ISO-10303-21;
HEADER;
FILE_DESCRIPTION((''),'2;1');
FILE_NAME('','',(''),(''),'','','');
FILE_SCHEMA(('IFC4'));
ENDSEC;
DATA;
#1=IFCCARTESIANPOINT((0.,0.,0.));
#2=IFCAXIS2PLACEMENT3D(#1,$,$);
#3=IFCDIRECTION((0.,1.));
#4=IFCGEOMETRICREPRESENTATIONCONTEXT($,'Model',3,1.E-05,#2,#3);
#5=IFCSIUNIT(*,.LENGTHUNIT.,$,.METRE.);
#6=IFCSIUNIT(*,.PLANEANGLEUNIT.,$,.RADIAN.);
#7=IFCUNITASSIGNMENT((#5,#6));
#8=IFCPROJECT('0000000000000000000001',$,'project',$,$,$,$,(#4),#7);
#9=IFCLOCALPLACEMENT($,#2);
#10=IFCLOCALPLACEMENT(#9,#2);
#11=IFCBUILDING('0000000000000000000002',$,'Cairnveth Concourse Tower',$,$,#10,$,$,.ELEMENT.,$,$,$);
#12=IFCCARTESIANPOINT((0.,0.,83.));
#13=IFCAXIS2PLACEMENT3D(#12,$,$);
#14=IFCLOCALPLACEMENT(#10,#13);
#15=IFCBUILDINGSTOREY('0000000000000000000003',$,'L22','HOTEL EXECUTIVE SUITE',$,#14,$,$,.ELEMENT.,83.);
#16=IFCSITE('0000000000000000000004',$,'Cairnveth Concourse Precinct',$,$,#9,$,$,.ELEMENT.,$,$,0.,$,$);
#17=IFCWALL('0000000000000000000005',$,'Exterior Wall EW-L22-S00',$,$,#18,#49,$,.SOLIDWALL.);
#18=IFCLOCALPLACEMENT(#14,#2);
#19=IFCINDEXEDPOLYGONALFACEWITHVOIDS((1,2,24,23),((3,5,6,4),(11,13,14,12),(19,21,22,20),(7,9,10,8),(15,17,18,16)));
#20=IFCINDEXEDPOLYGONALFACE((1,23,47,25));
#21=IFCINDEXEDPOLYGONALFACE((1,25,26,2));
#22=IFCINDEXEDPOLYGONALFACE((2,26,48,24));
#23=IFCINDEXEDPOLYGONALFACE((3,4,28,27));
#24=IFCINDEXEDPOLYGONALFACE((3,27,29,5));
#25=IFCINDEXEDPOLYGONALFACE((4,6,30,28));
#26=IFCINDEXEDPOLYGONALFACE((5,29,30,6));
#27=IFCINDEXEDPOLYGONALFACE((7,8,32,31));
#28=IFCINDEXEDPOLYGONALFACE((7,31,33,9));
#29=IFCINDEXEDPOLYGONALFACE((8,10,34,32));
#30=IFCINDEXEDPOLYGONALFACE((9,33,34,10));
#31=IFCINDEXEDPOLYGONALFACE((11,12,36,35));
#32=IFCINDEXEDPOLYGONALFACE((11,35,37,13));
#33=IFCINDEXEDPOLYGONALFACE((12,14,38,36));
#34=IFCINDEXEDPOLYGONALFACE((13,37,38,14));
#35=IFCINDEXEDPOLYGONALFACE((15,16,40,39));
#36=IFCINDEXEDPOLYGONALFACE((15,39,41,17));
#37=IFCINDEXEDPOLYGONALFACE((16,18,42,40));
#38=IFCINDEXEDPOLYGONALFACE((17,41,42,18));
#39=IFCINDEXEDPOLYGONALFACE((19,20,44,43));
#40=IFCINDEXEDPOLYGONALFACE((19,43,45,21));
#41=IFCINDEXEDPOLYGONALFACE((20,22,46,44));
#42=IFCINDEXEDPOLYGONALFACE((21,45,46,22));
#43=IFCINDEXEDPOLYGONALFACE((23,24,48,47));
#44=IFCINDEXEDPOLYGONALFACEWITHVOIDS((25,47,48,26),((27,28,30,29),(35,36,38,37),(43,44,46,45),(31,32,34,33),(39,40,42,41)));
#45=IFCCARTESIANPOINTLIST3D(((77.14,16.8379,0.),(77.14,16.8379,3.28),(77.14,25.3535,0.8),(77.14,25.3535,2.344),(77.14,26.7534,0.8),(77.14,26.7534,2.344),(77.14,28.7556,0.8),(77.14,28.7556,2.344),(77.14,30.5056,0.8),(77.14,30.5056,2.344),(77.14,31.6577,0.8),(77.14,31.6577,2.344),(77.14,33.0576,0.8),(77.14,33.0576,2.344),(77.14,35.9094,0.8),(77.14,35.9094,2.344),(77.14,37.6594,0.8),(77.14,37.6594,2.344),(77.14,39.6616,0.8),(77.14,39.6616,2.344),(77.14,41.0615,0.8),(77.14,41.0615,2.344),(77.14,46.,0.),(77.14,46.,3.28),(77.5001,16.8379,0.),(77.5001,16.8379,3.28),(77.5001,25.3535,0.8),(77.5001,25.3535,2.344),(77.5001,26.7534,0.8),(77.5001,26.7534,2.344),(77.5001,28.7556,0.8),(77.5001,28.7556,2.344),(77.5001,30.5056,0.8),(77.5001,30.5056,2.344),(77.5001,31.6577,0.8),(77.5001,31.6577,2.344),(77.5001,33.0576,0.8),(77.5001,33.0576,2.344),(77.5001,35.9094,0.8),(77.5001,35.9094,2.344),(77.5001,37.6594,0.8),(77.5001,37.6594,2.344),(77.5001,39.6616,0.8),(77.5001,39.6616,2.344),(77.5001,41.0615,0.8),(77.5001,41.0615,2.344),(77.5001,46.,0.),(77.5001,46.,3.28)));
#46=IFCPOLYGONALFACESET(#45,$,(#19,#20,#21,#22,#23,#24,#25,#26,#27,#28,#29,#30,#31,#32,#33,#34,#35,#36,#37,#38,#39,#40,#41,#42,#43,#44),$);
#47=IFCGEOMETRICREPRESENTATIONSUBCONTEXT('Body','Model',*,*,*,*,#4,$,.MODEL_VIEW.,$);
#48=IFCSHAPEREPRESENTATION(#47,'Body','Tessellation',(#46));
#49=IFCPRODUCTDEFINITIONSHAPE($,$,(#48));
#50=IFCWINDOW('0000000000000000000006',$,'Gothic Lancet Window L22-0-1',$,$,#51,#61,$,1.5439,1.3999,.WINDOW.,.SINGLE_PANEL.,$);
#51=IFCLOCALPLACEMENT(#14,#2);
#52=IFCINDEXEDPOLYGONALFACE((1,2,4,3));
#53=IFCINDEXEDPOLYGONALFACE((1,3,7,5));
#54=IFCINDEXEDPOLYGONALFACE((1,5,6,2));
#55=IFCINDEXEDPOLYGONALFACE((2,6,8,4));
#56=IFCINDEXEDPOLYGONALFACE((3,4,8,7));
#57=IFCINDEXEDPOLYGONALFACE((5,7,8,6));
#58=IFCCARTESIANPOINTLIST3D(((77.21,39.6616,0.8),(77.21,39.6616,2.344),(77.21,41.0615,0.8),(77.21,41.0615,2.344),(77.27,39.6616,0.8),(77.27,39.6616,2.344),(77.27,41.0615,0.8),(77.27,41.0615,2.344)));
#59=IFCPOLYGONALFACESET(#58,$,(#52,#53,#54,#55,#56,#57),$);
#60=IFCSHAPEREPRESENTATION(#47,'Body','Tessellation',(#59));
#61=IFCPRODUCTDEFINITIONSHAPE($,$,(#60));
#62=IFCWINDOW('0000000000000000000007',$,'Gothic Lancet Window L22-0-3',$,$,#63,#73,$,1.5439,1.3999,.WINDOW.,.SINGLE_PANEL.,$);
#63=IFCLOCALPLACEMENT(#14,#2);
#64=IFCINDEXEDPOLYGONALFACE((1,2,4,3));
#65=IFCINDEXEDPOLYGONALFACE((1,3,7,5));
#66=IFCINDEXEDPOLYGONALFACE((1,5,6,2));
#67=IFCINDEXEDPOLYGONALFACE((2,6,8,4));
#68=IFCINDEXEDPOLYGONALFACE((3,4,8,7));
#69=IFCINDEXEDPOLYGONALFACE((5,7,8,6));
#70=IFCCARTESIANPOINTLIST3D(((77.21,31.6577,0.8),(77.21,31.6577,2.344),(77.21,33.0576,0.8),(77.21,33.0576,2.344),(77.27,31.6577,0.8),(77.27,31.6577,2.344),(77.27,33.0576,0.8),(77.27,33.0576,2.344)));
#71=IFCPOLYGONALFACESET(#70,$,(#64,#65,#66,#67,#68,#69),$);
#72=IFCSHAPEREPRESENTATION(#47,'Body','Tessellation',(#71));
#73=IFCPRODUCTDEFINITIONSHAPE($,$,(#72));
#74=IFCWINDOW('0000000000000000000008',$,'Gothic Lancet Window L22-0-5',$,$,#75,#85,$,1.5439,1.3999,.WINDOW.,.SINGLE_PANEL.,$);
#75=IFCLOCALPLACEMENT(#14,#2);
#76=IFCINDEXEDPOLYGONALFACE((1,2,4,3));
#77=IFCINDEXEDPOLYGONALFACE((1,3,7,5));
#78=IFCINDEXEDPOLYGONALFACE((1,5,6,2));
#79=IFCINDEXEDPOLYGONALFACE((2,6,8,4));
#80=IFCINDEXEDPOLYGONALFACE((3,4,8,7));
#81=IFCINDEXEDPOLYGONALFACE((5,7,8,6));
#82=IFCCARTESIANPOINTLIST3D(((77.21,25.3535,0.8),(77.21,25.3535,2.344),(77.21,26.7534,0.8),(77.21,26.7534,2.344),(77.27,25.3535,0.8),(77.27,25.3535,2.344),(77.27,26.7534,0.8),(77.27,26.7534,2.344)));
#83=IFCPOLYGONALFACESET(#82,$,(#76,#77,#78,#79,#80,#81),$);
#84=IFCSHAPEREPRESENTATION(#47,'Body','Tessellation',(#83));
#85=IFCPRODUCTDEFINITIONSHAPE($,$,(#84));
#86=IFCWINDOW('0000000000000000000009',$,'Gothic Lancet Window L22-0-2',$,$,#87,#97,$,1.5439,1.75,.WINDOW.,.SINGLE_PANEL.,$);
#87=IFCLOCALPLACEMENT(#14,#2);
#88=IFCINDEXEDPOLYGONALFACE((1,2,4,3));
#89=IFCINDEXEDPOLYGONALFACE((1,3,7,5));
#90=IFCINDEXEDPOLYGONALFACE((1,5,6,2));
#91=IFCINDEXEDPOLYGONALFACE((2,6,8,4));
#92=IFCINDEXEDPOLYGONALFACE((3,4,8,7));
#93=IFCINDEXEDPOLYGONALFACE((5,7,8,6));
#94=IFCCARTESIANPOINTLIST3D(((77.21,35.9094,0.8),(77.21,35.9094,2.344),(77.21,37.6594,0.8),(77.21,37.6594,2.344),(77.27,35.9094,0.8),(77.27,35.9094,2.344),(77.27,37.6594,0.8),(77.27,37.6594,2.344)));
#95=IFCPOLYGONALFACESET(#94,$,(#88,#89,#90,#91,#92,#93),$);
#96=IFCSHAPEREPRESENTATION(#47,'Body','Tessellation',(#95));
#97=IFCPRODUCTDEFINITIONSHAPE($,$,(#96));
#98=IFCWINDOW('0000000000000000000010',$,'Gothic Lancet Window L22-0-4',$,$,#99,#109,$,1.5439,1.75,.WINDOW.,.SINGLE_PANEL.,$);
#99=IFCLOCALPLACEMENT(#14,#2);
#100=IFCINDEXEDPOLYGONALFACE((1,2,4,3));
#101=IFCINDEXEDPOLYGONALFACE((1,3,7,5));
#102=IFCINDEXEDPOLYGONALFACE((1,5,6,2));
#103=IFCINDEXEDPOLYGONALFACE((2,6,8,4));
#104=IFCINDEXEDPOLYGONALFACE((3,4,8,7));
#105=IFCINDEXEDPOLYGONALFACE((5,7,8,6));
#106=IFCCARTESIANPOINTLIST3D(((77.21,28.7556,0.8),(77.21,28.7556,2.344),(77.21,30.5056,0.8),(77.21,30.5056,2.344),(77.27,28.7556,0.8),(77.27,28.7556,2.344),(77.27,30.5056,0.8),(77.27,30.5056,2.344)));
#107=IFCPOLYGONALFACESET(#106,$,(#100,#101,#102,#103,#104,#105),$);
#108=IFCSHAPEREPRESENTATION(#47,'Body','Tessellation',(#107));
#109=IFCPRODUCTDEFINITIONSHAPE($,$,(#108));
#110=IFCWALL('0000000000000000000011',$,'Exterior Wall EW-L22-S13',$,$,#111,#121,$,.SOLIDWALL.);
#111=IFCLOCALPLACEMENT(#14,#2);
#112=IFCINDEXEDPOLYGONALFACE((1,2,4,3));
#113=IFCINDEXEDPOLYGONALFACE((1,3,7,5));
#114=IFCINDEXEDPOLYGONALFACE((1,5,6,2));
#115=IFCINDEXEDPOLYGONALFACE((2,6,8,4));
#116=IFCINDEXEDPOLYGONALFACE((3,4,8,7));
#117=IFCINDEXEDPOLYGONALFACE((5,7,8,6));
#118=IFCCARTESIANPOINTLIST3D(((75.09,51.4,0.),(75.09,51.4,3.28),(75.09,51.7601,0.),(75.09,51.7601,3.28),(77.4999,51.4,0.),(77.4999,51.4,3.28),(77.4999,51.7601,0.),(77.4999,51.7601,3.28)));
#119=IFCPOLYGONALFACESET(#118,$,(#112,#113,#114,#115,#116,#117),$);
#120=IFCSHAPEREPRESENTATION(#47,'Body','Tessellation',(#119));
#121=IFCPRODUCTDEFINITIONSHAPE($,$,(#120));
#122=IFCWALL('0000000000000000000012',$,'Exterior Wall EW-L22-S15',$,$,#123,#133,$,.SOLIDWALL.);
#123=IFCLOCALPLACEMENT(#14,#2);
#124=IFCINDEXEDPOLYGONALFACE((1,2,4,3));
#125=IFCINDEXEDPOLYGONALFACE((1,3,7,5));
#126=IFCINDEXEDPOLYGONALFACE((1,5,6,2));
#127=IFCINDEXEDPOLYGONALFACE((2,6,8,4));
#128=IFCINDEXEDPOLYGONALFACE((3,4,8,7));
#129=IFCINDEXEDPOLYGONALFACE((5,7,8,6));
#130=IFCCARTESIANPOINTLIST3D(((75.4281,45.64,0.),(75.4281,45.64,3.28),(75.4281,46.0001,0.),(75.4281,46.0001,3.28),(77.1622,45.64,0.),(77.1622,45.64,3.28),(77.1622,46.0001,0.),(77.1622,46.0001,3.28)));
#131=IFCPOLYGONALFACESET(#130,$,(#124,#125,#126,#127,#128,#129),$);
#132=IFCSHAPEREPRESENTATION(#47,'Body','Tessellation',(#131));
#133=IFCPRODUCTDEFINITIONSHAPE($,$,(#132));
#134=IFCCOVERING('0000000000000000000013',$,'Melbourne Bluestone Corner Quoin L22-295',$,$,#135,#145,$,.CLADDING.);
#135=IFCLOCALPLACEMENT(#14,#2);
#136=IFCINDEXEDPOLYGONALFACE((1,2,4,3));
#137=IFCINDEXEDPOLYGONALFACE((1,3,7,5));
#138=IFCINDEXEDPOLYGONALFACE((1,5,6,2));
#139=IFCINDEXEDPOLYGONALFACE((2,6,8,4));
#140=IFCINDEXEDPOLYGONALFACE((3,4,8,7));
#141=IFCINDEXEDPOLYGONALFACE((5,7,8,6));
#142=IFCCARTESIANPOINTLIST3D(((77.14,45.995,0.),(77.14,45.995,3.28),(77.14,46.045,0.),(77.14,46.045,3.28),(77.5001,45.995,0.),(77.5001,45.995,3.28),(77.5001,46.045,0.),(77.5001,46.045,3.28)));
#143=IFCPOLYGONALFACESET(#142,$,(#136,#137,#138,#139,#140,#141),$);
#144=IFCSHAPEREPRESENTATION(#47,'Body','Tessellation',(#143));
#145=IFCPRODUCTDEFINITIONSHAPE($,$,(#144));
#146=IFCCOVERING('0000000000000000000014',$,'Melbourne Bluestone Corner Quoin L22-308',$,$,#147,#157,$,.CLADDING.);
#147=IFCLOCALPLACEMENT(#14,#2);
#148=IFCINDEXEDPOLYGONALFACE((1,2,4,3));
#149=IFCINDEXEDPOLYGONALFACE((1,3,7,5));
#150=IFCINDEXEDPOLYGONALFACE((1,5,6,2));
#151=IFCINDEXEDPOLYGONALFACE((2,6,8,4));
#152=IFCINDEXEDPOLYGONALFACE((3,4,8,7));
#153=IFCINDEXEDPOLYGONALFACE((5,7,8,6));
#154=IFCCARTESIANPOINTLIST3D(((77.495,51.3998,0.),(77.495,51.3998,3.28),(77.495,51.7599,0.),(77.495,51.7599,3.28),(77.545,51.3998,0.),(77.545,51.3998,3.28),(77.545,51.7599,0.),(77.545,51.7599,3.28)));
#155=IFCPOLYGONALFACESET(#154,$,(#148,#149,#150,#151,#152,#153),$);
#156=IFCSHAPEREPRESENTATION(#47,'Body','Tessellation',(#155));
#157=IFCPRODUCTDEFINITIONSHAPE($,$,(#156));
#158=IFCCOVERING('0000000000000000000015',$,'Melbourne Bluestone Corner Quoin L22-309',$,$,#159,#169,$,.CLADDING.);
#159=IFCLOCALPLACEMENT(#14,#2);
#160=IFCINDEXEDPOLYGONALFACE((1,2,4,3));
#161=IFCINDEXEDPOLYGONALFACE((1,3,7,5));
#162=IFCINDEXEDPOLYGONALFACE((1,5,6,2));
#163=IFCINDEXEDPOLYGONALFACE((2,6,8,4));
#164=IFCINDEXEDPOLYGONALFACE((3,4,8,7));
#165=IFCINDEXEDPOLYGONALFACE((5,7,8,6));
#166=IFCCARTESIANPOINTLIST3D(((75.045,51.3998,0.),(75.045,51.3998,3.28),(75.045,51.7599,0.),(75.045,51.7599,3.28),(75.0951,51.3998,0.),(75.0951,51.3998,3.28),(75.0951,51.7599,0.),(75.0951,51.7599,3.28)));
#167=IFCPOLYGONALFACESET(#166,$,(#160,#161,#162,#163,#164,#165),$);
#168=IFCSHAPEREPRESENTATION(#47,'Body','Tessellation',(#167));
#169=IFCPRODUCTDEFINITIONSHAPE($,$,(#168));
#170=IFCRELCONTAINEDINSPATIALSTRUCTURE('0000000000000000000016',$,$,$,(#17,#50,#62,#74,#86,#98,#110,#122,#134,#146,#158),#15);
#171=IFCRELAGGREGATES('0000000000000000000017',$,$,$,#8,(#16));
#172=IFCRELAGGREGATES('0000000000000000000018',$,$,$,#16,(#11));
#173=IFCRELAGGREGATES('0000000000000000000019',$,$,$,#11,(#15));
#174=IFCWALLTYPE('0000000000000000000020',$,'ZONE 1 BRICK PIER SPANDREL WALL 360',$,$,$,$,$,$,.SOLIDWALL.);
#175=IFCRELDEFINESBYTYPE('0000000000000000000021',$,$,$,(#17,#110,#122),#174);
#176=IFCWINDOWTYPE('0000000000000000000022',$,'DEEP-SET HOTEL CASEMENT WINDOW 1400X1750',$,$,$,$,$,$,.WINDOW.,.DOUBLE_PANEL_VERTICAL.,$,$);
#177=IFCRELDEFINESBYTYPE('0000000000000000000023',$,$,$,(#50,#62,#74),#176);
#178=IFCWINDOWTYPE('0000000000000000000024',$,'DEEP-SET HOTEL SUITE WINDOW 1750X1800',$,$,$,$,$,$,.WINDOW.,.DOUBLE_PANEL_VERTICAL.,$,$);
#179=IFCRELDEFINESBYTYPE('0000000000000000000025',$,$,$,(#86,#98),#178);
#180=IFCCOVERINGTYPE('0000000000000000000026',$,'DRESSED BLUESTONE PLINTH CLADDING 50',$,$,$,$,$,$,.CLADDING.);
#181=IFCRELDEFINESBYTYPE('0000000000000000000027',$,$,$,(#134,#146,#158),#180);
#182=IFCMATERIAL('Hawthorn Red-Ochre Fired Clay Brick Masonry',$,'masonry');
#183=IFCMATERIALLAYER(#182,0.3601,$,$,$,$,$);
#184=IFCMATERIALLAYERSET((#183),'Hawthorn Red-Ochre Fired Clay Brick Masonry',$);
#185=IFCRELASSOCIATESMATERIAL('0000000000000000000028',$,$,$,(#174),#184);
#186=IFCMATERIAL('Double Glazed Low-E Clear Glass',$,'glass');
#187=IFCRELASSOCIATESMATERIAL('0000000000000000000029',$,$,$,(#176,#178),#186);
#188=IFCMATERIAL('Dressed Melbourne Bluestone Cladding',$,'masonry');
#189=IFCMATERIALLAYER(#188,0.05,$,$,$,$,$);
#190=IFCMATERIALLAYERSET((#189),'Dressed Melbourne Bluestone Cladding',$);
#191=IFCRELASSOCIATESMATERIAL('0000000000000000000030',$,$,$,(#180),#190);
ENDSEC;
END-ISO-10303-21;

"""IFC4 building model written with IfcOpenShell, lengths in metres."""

from ifc_helpers import new_model, si_unit, direction, frame, frame_2d, origin, place, context, subcontext, project, spatial, rectangle, extrude, material, layer, layer_set, type_object, element, fill, save


model = new_model("IFC4")

# Units and contexts
model_context = context("Model", 3, precision=1e-05, world=origin(), true_north=direction((0.0, 1.0)))
body_context = subcontext(model_context, "Body", "Model", "MODEL_VIEW")
ifc_project = project(units=[si_unit("LENGTHUNIT", "METRE"), si_unit("PLANEANGLEUNIT", "RADIAN")], contexts=[model_context])

# Site, building, storey
site_placement = place(None, origin())
site = spatial("IfcSite", under=ifc_project, at=site_placement, Name="Cairnveth Concourse Precinct", CompositionType="ELEMENT", RefElevation=0.0)
building_placement = place(site_placement, origin())
building = spatial("IfcBuilding", under=site, at=building_placement, Name="Cairnveth Concourse Tower", CompositionType="ELEMENT")
storey_placement = place(building_placement, frame((0.0, 0.0, 83.0)))
storey = spatial("IfcBuildingStorey", under=building, at=storey_placement, Name="L22", Description="HOTEL EXECUTIVE SUITE", CompositionType="ELEMENT", Elevation=83.0)

# Shared definitions
ifc_material_1 = material(Name="Dressed Melbourne Bluestone Cladding", Category="masonry")

# Wall, openings, windows
ifc_material_2 = material(Name="Hawthorn Red-Ochre Fired Clay Brick Masonry", Category="masonry")
ifc_layer_1 = layer(ifc_material_2, 0.3601)
ifc_layer_set_1 = layer_set([ifc_layer_1], Name="Hawthorn Red-Ochre Fired Clay Brick Masonry")
wall_type_1 = type_object("IfcWallType", Name="ZONE 1 BRICK PIER SPANDREL WALL 360", PredefinedType="SOLIDWALL", material=ifc_layer_set_1)
wall_1_placement = place(storey_placement, frame((77.3201, 46.0, 0.0), z_axis=(0.0, 0.0, 1.0), x_axis=(0.0, -1.0, 0.0)))
wall_1 = element("IfcWall", 1, at=wall_1_placement, inside=storey, type_object=wall_type_1, Name="Exterior Wall EW-L22-S00", PredefinedType="SOLIDWALL", context=body_context, shape_type="SweptSolid", body=[
    extrude(rectangle(XDim=29.1621, YDim=0.3601, at=frame_2d((14.5811, 0.0))), origin(), (0.0, 0.0, 1.0), 3.28),
])
opening_1_placement = place(wall_1_placement, frame((4.9385, 0.0, 0.8)))
opening_1 = element("IfcOpeningElement", 2, at=opening_1_placement, cuts=wall_1, PredefinedType="OPENING", context=body_context, shape_type="SweptSolid", body=[
    extrude(rectangle(XDim=1.3999, YDim=1.5439, at=frame_2d((0.7, 0.772))), frame((0.0, 0.1899, 0.0), z_axis=(0.0, -1.0, 0.0), x_axis=(1.0, 0.0, 0.0)), (0.0, 0.0, 1.0), 0.3801),
])
opening_2_placement = place(wall_1_placement, frame((8.3406, 0.0, 0.8)))
opening_2 = element("IfcOpeningElement", 3, at=opening_2_placement, cuts=wall_1, PredefinedType="OPENING", context=body_context, shape_type="SweptSolid", body=[
    extrude(rectangle(XDim=1.75, YDim=1.5439, at=frame_2d((0.875, 0.772))), frame((0.0, 0.1899, 0.0), z_axis=(0.0, -1.0, 0.0), x_axis=(1.0, 0.0, 0.0)), (0.0, 0.0, 1.0), 0.3801),
])
opening_3_placement = place(wall_1_placement, frame((12.9424, 0.0, 0.8)))
opening_3 = element("IfcOpeningElement", 4, at=opening_3_placement, cuts=wall_1, PredefinedType="OPENING", context=body_context, shape_type="SweptSolid", body=[
    extrude(rectangle(XDim=1.3999, YDim=1.5439, at=frame_2d((0.7, 0.772))), frame((0.0, 0.1899, 0.0), z_axis=(0.0, -1.0, 0.0), x_axis=(1.0, 0.0, 0.0)), (0.0, 0.0, 1.0), 0.3801),
])
opening_4_placement = place(wall_1_placement, frame((15.4944, 0.0, 0.8)))
opening_4 = element("IfcOpeningElement", 5, at=opening_4_placement, cuts=wall_1, PredefinedType="OPENING", context=body_context, shape_type="SweptSolid", body=[
    extrude(rectangle(XDim=1.75, YDim=1.5439, at=frame_2d((0.875, 0.772))), frame((0.0, 0.1899, 0.0), z_axis=(0.0, -1.0, 0.0), x_axis=(1.0, 0.0, 0.0)), (0.0, 0.0, 1.0), 0.3801),
])
opening_5_placement = place(wall_1_placement, frame((19.2466, 0.0, 0.8)))
opening_5 = element("IfcOpeningElement", 6, at=opening_5_placement, cuts=wall_1, PredefinedType="OPENING", context=body_context, shape_type="SweptSolid", body=[
    extrude(rectangle(XDim=1.3999, YDim=1.5439, at=frame_2d((0.7, 0.772))), frame((0.0, 0.1899, 0.0), z_axis=(0.0, -1.0, 0.0), x_axis=(1.0, 0.0, 0.0)), (0.0, 0.0, 1.0), 0.3801),
])
ifc_material_3 = material(Name="Double Glazed Low-E Clear Glass", Category="glass")
window_type_1 = type_object("IfcWindowType", Name="DEEP-SET HOTEL CASEMENT WINDOW 1400X1750", PartitioningType="DOUBLE_PANEL_VERTICAL", PredefinedType="WINDOW", material=ifc_material_3)
window_1_placement = place(opening_1_placement, origin())
window_1 = element("IfcWindow", 7, at=window_1_placement, inside=storey, type_object=window_type_1, Name="Gothic Lancet Window L22-0-1", OverallHeight=1.5439, OverallWidth=1.3999, PartitioningType="SINGLE_PANEL", PredefinedType="WINDOW", context=body_context, shape_type="SweptSolid", body=[
    extrude(rectangle(XDim=1.3999, YDim=1.5439, at=frame_2d((0.7, 0.772))), frame((0.0, -0.05, 0.0), z_axis=(0.0, -1.0, 0.0), x_axis=(1.0, 0.0, 0.0)), (0.0, 0.0, 1.0), 0.0601),
])
fill(opening_1, window_1)
window_2_placement = place(opening_3_placement, origin())
window_2 = element("IfcWindow", 8, at=window_2_placement, inside=storey, type_object=window_type_1, Name="Gothic Lancet Window L22-0-3", OverallHeight=1.5439, OverallWidth=1.3999, PartitioningType="SINGLE_PANEL", PredefinedType="WINDOW", context=body_context, shape_type="SweptSolid", body=[
    extrude(rectangle(XDim=1.3999, YDim=1.5439, at=frame_2d((0.7, 0.772))), frame((0.0, -0.05, 0.0), z_axis=(0.0, -1.0, 0.0), x_axis=(1.0, 0.0, 0.0)), (0.0, 0.0, 1.0), 0.0601),
])
fill(opening_3, window_2)
window_3_placement = place(opening_5_placement, origin())
window_3 = element("IfcWindow", 9, at=window_3_placement, inside=storey, type_object=window_type_1, Name="Gothic Lancet Window L22-0-5", OverallHeight=1.5439, OverallWidth=1.3999, PartitioningType="SINGLE_PANEL", PredefinedType="WINDOW", context=body_context, shape_type="SweptSolid", body=[
    extrude(rectangle(XDim=1.3999, YDim=1.5439, at=frame_2d((0.7, 0.772))), frame((0.0, -0.05, 0.0), z_axis=(0.0, -1.0, 0.0), x_axis=(1.0, 0.0, 0.0)), (0.0, 0.0, 1.0), 0.0601),
])
fill(opening_5, window_3)
window_type_2 = type_object("IfcWindowType", Name="DEEP-SET HOTEL SUITE WINDOW 1750X1800", PartitioningType="DOUBLE_PANEL_VERTICAL", PredefinedType="WINDOW", material=ifc_material_3)
window_4_placement = place(opening_2_placement, origin())
window_4 = element("IfcWindow", 10, at=window_4_placement, inside=storey, type_object=window_type_2, Name="Gothic Lancet Window L22-0-2", OverallHeight=1.5439, OverallWidth=1.75, PartitioningType="SINGLE_PANEL", PredefinedType="WINDOW", context=body_context, shape_type="SweptSolid", body=[
    extrude(rectangle(XDim=1.75, YDim=1.5439, at=frame_2d((0.875, 0.772))), frame((0.0, -0.05, 0.0), z_axis=(0.0, -1.0, 0.0), x_axis=(1.0, 0.0, 0.0)), (0.0, 0.0, 1.0), 0.0601),
])
fill(opening_2, window_4)
window_5_placement = place(opening_4_placement, origin())
window_5 = element("IfcWindow", 11, at=window_5_placement, inside=storey, type_object=window_type_2, Name="Gothic Lancet Window L22-0-4", OverallHeight=1.5439, OverallWidth=1.75, PartitioningType="SINGLE_PANEL", PredefinedType="WINDOW", context=body_context, shape_type="SweptSolid", body=[
    extrude(rectangle(XDim=1.75, YDim=1.5439, at=frame_2d((0.875, 0.772))), frame((0.0, -0.05, 0.0), z_axis=(0.0, -1.0, 0.0), x_axis=(1.0, 0.0, 0.0)), (0.0, 0.0, 1.0), 0.0601),
])
fill(opening_4, window_5)

# Wall
wall_2_placement = place(storey_placement, frame((77.5, 51.5801, 0.0), z_axis=(0.0, 0.0, 1.0), x_axis=(-1.0, 0.0, 0.0)))
element("IfcWall", 12, at=wall_2_placement, inside=storey, type_object=wall_type_1, Name="Exterior Wall EW-L22-S13", PredefinedType="SOLIDWALL", context=body_context, shape_type="SweptSolid", body=[
    extrude(rectangle(XDim=2.4099, YDim=0.3601, at=frame_2d((1.2051, 0.0))), origin(), (0.0, 0.0, 1.0), 3.28),
])

# Wall
wall_3_placement = place(storey_placement, frame((75.428, 45.8201, 0.0), z_axis=(0.0, 0.0, 1.0), x_axis=(1.0, 0.0, 0.0)))
element("IfcWall", 13, at=wall_3_placement, inside=storey, type_object=wall_type_1, Name="Exterior Wall EW-L22-S15", PredefinedType="SOLIDWALL", context=body_context, shape_type="SweptSolid", body=[
    extrude(rectangle(XDim=1.7341, YDim=0.3601, at=frame_2d((0.8672, 0.0))), origin(), (0.0, 0.0, 1.0), 3.28),
])

# Coverings
ifc_layer_2 = layer(ifc_material_1, 0.05)
ifc_layer_set_2 = layer_set([ifc_layer_2], Name="Dressed Melbourne Bluestone Cladding")
covering_type = type_object("IfcCoveringType", Name="DRESSED BLUESTONE PLINTH CLADDING 50", PredefinedType="CLADDING", material=ifc_layer_set_2)
for number, where, z_axis, x_axis, name in (
    (14, (77.1399, 46.02, 0.0), (0.0, 0.0, 1.0), (1.0, 0.0, 0.0), "Melbourne Bluestone Corner Quoin L22-295"),
    (15, (77.52, 51.76, 0.0), (0.0, 0.0, 1.0), (0.0, -1.0, 0.0), "Melbourne Bluestone Corner Quoin L22-308"),
    (16, (75.0701, 51.76, 0.0), (0.0, 0.0, 1.0), (0.0, -1.0, 0.0), "Melbourne Bluestone Corner Quoin L22-309"),
):
    element("IfcCovering", number, at=place(storey_placement, frame(where, z_axis=z_axis, x_axis=x_axis)), inside=storey, type_object=covering_type, Name=name, PredefinedType="CLADDING", context=body_context, shape_type="SweptSolid", body=[
        extrude(rectangle(XDim=0.3601, YDim=0.05, at=frame_2d((0.1802, 0.0))), origin(), (0.0, 0.0, 1.0), 3.28),
    ])

save(model, "model.ifc")
